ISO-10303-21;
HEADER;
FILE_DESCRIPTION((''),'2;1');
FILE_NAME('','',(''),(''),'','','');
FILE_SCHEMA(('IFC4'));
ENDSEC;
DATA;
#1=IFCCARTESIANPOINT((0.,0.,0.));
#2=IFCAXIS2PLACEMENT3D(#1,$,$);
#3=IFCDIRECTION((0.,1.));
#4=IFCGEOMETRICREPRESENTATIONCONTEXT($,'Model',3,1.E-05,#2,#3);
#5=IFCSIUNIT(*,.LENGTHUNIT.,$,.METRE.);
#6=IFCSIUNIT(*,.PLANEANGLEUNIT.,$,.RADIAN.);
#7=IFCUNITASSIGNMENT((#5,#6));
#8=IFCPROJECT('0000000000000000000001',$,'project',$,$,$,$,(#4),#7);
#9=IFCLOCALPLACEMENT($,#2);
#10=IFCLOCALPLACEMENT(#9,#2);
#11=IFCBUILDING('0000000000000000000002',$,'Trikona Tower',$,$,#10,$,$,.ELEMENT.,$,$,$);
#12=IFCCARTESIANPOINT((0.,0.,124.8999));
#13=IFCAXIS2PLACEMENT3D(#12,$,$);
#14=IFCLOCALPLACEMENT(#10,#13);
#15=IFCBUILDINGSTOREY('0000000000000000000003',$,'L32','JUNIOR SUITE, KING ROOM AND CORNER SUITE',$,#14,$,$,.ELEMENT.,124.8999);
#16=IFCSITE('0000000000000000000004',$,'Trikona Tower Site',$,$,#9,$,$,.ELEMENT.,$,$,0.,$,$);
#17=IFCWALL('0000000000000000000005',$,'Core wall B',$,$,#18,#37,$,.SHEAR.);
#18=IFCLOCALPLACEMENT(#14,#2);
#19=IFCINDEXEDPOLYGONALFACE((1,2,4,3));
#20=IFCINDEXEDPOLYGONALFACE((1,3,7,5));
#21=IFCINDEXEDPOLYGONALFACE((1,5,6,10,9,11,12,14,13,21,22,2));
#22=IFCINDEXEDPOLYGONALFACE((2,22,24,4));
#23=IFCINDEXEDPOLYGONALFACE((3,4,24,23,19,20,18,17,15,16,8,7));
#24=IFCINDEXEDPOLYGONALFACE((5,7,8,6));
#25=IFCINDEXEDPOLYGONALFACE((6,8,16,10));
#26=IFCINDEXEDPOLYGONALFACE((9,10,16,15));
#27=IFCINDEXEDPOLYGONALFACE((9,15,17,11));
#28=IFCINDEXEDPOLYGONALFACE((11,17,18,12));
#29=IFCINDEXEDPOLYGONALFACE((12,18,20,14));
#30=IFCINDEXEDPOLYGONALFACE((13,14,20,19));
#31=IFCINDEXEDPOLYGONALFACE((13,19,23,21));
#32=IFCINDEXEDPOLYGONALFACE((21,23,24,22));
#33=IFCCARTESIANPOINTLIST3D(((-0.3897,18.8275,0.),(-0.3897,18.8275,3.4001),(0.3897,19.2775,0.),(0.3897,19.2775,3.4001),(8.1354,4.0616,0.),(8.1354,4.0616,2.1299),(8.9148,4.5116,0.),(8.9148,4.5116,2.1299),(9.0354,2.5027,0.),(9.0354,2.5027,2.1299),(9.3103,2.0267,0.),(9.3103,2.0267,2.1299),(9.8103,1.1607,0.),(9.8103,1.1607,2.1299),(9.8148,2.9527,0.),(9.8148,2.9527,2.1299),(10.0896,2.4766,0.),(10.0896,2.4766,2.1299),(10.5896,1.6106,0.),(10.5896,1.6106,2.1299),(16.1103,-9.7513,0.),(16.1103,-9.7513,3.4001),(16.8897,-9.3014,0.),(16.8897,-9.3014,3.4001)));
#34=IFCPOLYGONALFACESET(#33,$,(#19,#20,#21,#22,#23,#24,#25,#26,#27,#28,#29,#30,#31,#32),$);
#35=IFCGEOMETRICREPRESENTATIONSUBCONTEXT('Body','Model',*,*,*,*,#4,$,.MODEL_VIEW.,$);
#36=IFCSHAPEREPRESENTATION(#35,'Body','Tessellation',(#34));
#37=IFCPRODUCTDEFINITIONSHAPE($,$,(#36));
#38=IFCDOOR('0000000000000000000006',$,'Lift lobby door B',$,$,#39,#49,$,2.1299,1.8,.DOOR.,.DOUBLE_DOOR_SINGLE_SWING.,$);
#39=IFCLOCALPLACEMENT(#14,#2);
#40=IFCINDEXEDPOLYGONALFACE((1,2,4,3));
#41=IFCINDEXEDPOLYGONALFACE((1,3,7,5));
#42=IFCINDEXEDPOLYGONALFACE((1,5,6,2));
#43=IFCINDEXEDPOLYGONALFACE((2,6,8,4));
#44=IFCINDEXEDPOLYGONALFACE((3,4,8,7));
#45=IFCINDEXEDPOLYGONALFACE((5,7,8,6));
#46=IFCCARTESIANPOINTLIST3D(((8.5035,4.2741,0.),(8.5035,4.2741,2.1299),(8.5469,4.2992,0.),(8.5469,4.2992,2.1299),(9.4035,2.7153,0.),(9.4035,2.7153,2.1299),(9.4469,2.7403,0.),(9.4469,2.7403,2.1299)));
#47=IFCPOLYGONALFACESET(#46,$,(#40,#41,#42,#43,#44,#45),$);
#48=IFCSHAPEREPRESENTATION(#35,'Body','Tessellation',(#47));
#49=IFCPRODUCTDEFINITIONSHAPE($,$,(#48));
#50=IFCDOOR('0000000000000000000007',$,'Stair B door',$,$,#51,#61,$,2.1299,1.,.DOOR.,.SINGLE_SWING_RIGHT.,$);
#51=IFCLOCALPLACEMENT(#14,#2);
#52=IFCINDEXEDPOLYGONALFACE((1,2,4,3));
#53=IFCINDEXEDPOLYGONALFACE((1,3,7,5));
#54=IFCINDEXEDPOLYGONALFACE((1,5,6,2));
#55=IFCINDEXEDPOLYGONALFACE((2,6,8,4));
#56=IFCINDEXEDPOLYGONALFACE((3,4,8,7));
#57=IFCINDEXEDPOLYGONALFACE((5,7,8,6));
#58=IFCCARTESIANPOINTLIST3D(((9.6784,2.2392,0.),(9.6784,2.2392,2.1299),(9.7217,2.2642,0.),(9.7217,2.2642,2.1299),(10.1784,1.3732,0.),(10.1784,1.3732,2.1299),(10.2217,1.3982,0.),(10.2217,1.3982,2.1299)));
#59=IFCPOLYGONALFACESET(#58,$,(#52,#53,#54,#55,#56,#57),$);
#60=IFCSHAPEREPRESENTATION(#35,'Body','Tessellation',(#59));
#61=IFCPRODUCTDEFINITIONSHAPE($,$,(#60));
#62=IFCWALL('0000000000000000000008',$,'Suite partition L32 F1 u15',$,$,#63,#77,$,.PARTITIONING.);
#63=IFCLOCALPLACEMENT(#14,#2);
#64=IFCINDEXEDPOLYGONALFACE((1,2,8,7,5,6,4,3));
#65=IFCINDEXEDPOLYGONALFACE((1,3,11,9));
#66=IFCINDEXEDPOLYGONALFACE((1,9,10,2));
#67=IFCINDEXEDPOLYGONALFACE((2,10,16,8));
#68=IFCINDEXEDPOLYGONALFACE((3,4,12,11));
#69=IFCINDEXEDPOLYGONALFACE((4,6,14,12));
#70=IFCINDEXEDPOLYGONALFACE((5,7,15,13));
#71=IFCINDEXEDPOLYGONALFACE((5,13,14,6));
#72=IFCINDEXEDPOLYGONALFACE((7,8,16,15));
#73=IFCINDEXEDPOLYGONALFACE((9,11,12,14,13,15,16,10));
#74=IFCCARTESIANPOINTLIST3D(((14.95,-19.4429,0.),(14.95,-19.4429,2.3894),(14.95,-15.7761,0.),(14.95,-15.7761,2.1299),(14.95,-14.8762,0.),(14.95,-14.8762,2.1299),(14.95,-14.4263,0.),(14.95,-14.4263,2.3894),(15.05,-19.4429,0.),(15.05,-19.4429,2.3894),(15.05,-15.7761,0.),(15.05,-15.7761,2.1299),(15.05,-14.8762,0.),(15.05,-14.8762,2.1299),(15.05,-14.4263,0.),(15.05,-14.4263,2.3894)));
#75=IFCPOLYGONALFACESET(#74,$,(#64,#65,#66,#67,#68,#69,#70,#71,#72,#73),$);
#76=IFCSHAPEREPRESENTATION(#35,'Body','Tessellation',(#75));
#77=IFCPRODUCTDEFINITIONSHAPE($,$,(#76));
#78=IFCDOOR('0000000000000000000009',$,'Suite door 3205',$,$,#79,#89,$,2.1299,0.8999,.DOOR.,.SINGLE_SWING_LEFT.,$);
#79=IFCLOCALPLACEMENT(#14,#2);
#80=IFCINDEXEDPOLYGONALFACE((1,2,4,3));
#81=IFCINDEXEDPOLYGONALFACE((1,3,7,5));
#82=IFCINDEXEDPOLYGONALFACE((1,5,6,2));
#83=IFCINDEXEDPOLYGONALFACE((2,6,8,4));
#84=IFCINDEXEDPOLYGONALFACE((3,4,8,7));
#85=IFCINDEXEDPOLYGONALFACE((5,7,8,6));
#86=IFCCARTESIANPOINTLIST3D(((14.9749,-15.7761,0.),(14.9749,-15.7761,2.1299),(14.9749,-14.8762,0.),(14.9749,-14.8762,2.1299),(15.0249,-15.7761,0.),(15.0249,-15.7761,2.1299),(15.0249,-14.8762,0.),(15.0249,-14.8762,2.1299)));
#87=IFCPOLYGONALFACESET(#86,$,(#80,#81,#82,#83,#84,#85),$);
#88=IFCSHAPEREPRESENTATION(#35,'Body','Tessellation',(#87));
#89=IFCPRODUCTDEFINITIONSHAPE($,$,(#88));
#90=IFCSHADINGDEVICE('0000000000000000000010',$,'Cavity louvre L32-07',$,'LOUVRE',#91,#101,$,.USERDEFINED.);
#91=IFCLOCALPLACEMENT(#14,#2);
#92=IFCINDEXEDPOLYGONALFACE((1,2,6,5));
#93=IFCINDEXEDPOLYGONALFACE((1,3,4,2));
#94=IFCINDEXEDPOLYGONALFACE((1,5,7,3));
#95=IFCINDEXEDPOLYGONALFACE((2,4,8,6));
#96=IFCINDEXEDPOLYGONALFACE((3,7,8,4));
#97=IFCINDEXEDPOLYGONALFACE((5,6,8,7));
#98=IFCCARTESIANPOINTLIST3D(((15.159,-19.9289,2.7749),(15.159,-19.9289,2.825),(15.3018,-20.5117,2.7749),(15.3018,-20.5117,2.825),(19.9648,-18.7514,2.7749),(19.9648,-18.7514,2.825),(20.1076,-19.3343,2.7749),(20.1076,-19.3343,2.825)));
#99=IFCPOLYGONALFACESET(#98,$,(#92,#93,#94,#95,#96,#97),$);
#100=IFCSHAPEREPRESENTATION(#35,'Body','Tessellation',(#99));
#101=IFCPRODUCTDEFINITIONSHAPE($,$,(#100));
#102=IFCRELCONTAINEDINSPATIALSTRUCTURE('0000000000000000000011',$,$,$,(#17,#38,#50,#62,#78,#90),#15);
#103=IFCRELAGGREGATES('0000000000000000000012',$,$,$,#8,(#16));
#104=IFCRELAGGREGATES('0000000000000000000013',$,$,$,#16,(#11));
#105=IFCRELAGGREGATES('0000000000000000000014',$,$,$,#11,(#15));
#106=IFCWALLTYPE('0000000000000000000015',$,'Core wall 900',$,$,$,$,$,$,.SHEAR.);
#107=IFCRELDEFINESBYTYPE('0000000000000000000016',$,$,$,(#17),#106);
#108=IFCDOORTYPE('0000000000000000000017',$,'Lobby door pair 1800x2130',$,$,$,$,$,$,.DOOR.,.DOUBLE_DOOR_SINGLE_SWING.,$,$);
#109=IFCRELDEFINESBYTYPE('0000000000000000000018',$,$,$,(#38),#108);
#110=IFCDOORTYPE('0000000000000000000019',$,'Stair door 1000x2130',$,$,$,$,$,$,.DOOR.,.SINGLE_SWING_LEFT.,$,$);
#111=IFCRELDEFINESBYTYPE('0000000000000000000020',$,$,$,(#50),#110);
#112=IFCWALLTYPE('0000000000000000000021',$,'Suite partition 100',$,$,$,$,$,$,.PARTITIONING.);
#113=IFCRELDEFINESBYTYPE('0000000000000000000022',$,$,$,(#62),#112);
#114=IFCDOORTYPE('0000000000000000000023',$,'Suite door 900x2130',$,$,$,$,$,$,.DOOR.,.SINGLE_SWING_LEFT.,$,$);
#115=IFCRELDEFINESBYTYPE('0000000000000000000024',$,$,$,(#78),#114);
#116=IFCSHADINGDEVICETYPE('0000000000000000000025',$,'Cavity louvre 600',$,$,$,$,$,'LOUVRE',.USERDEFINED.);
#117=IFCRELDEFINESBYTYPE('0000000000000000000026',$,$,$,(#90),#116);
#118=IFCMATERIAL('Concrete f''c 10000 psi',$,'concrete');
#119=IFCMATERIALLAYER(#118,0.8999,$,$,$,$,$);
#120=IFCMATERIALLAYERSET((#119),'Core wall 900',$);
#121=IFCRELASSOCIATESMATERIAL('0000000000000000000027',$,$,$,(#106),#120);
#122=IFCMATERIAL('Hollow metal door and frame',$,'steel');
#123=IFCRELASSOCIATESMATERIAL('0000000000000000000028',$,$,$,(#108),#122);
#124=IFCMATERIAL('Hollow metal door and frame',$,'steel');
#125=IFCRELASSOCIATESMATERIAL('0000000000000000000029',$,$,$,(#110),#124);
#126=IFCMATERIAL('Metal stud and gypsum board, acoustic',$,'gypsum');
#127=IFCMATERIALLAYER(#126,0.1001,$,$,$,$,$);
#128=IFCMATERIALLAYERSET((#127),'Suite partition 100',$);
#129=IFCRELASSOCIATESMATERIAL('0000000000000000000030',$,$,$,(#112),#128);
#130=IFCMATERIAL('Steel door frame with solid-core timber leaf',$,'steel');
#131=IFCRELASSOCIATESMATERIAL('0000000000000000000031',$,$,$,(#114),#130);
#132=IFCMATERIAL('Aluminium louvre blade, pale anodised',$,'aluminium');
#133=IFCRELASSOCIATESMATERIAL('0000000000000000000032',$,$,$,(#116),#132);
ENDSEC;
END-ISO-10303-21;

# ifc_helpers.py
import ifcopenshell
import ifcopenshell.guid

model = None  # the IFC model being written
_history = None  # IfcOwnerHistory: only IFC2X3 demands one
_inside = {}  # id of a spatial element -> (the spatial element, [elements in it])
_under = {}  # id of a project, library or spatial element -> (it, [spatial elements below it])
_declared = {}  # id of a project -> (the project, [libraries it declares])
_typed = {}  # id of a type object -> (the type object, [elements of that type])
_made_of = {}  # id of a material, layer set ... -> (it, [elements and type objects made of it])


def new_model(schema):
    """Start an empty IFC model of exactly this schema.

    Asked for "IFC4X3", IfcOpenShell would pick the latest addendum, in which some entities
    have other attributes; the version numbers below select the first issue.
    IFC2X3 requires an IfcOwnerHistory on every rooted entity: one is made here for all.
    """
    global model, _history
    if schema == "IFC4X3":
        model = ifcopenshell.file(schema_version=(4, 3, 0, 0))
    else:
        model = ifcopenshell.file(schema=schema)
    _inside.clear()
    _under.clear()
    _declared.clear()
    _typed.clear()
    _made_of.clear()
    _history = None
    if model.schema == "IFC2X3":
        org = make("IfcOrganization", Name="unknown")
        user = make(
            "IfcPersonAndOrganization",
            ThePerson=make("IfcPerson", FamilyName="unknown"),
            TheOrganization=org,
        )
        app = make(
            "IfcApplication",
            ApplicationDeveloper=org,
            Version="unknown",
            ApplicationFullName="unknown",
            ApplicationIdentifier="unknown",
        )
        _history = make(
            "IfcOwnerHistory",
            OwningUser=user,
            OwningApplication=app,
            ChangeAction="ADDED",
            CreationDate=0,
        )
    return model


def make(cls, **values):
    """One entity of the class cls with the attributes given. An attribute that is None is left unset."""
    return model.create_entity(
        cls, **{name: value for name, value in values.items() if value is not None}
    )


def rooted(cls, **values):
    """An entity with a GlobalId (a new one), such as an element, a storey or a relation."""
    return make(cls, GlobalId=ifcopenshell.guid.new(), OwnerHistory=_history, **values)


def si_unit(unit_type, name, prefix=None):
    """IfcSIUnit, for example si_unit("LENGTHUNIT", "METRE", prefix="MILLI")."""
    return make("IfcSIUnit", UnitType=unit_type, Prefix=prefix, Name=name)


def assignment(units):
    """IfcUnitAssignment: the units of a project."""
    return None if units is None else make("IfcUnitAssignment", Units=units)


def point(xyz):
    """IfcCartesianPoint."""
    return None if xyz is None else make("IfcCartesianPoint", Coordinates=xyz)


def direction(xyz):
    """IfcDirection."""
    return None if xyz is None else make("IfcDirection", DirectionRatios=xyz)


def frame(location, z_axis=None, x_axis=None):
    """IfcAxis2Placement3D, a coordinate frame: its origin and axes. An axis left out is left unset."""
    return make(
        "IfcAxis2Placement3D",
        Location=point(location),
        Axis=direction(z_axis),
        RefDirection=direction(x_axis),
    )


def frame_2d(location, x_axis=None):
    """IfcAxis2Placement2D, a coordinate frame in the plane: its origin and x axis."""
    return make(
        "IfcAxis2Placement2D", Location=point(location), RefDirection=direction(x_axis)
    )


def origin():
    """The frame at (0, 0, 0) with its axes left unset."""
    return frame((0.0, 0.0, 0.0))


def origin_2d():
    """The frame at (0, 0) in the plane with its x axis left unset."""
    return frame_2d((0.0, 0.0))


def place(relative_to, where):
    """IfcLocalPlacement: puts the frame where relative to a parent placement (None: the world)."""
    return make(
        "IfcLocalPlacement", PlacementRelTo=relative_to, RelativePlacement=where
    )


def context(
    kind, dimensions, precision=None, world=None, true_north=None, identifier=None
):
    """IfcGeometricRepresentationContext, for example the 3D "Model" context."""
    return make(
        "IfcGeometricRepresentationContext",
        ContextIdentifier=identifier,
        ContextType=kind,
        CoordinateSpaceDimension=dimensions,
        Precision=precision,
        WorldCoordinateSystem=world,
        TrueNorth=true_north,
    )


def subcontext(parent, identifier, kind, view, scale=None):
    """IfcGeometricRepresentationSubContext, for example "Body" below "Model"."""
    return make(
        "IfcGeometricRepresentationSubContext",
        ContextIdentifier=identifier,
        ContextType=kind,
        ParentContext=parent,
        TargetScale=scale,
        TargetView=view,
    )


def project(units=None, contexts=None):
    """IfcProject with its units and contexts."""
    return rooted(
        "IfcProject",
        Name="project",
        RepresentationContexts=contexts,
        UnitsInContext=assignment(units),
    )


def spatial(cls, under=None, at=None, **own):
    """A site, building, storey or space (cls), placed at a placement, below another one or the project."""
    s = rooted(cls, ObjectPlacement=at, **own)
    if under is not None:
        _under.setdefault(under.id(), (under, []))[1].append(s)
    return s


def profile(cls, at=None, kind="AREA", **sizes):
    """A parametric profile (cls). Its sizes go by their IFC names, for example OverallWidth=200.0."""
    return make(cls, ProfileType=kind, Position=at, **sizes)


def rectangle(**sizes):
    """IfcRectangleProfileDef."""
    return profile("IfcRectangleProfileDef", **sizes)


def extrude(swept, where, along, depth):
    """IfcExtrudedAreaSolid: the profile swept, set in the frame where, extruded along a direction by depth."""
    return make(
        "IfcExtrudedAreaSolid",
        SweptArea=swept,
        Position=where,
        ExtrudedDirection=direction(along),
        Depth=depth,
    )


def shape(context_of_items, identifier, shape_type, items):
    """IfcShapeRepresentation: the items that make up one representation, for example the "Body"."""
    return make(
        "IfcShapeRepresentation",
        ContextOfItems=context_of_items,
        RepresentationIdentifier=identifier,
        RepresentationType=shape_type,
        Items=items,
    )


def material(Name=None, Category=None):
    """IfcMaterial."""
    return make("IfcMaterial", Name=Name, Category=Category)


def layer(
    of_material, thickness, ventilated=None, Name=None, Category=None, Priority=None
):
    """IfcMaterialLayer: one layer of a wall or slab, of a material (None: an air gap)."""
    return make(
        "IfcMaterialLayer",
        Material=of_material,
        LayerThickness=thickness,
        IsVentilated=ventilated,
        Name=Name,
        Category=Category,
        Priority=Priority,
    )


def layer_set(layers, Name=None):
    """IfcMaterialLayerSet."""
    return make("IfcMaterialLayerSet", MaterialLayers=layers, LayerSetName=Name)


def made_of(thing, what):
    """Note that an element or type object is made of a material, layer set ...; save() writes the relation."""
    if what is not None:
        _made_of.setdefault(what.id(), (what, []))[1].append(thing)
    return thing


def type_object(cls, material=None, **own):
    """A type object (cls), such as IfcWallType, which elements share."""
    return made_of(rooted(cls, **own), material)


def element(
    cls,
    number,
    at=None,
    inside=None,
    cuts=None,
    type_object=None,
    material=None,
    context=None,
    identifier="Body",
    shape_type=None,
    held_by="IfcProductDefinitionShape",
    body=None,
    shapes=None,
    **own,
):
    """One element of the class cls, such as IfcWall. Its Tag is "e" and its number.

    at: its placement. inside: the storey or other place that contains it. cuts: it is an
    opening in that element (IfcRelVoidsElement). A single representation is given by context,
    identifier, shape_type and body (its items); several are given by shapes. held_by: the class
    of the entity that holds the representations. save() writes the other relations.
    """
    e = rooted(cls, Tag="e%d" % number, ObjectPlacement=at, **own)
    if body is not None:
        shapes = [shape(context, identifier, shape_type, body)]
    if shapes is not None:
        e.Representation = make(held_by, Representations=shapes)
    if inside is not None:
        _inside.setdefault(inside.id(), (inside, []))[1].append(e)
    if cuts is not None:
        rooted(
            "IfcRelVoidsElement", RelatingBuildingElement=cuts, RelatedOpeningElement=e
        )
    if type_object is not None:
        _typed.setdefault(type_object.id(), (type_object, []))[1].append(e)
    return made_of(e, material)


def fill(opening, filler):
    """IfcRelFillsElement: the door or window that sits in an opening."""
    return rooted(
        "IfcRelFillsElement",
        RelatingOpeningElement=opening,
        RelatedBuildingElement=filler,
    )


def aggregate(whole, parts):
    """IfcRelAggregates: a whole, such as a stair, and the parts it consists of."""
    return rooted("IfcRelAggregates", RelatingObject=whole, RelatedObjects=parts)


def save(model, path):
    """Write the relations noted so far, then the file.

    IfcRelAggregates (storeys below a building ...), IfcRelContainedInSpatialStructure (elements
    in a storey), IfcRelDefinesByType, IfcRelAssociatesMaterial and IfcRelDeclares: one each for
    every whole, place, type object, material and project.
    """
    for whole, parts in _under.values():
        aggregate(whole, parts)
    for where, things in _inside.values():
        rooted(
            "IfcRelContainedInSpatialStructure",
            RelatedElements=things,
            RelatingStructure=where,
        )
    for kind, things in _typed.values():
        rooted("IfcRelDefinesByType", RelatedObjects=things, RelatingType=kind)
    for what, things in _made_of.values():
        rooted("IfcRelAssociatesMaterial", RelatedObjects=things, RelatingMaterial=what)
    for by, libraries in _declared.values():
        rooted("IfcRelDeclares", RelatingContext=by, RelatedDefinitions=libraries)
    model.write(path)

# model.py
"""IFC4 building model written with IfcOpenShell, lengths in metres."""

from ifc_helpers import new_model, si_unit, direction, frame, frame_2d, origin, origin_2d, place, context, subcontext, project, spatial, rectangle, extrude, material, layer, layer_set, type_object, element, fill, save


model = new_model("IFC4")

# Units and contexts
model_context = context("Model", 3, precision=1e-05, world=origin(), true_north=direction((0.0, 1.0)))
body_context = subcontext(model_context, "Body", "Model", "MODEL_VIEW")
ifc_project = project(units=[si_unit("LENGTHUNIT", "METRE"), si_unit("PLANEANGLEUNIT", "RADIAN")], contexts=[model_context])

# Site, building, storey
site_placement = place(None, origin())
site = spatial("IfcSite", under=ifc_project, at=site_placement, Name="Trikona Tower Site", CompositionType="ELEMENT", RefElevation=0.0)
building_placement = place(site_placement, origin())
building = spatial("IfcBuilding", under=site, at=building_placement, Name="Trikona Tower", CompositionType="ELEMENT")
storey_placement = place(building_placement, frame((0.0, 0.0, 124.8999)))
storey = spatial("IfcBuildingStorey", under=building, at=storey_placement, Name="L32", Description="JUNIOR SUITE, KING ROOM AND CORNER SUITE", CompositionType="ELEMENT", Elevation=124.8999)

# Wall, openings, doors
ifc_material_1 = material(Name="Concrete f'c 10000 psi", Category="concrete")
ifc_layer_1 = layer(ifc_material_1, 0.8999)
ifc_layer_set_1 = layer_set([ifc_layer_1], Name="Core wall 900")
wall_type_1 = type_object("IfcWallType", Name="Core wall 900", PredefinedType="SHEAR", material=ifc_layer_set_1)
wall_1_placement = place(storey_placement, frame((16.5, -9.5264, 0.0), z_axis=(0.0, 0.0, 1.0), x_axis=(-0.5, 0.866026, 0.0)))
wall_1 = element("IfcWall", 1, at=wall_1_placement, inside=storey, type_object=wall_type_1, Name="Core wall B", PredefinedType="SHEAR", context=body_context, shape_type="SweptSolid", body=[
    extrude(rectangle(XDim=33.0, YDim=0.8999, at=frame_2d((16.5, 0.0))), origin(), (0.0, 0.0, 1.0), 3.4001),
])
opening_1_placement = place(wall_1_placement, frame((14.1499, 0.0, 0.0)))
opening_1 = element("IfcOpeningElement", 2, at=opening_1_placement, cuts=wall_1, PredefinedType="OPENING", context=body_context, shape_type="SweptSolid", body=[
    extrude(rectangle(XDim=1.8, YDim=2.1299, at=frame_2d((0.8999, 1.0649))), frame((0.0, 0.46, 0.0), z_axis=(0.0, -1.0, 0.0), x_axis=(1.0, 0.0, 0.0)), (0.0, 0.0, 1.0), 0.9199),
])
opening_2_placement = place(wall_1_placement, frame((12.6001, 0.0, 0.0)))
opening_2 = element("IfcOpeningElement", 3, at=opening_2_placement, cuts=wall_1, PredefinedType="OPENING", context=body_context, shape_type="SweptSolid", body=[
    extrude(rectangle(XDim=1.0, YDim=2.1299, at=frame_2d((0.5, 1.0649))), frame((0.0, 0.46, 0.0), z_axis=(0.0, -1.0, 0.0), x_axis=(1.0, 0.0, 0.0)), (0.0, 0.0, 1.0), 0.9199),
])
ifc_material_2 = material(Name="Hollow metal door and frame", Category="steel")
door_type_1 = type_object("IfcDoorType", Name="Lobby door pair 1800x2130", OperationType="DOUBLE_DOOR_SINGLE_SWING", PredefinedType="DOOR", material=ifc_material_2)
door_1_placement = place(opening_1_placement, origin())
door_1 = element("IfcDoor", 4, at=door_1_placement, inside=storey, type_object=door_type_1, Name="Lift lobby door B", OperationType="DOUBLE_DOOR_SINGLE_SWING", OverallHeight=2.1299, OverallWidth=1.8, PredefinedType="DOOR", context=body_context, shape_type="SweptSolid", body=[
    extrude(rectangle(XDim=1.8, YDim=2.1299, at=frame_2d((0.8999, 1.0649))), frame((0.0, 0.0249, 0.0), z_axis=(0.0, -1.0, 0.0), x_axis=(1.0, 0.0, 0.0)), (0.0, 0.0, 1.0), 0.05),
])
fill(opening_1, door_1)
ifc_material_3 = material(Name="Hollow metal door and frame", Category="steel")
door_type_2 = type_object("IfcDoorType", Name="Stair door 1000x2130", OperationType="SINGLE_SWING_LEFT", PredefinedType="DOOR", material=ifc_material_3)
door_2_placement = place(opening_2_placement, origin())
door_2 = element("IfcDoor", 5, at=door_2_placement, inside=storey, type_object=door_type_2, Name="Stair B door", OperationType="SINGLE_SWING_RIGHT", OverallHeight=2.1299, OverallWidth=1.0, PredefinedType="DOOR", context=body_context, shape_type="SweptSolid", body=[
    extrude(rectangle(XDim=1.0, YDim=2.1299, at=frame_2d((0.5, 1.0649))), frame((0.0, 0.0249, 0.0), z_axis=(0.0, -1.0, 0.0), x_axis=(1.0, 0.0, 0.0)), (0.0, 0.0, 1.0), 0.05),
])
fill(opening_2, door_2)

# Wall, opening, door
ifc_material_4 = material(Name="Metal stud and gypsum board, acoustic", Category="gypsum")
ifc_layer_2 = layer(ifc_material_4, 0.1001)
ifc_layer_set_2 = layer_set([ifc_layer_2], Name="Suite partition 100")
wall_type_2 = type_object("IfcWallType", Name="Suite partition 100", PredefinedType="PARTITIONING", material=ifc_layer_set_2)
wall_2_placement = place(storey_placement, frame((15.0, -14.4263, 0.0), z_axis=(0.0, 0.0, 1.0), x_axis=(0.0, -1.0, 0.0)))
wall_2 = element("IfcWall", 6, at=wall_2_placement, inside=storey, type_object=wall_type_2, Name="Suite partition L32 F1 u15", PredefinedType="PARTITIONING", context=body_context, shape_type="SweptSolid", body=[
    extrude(rectangle(XDim=5.0166, YDim=0.1001, at=frame_2d((2.5083, 0.0))), origin(), (0.0, 0.0, 1.0), 2.3894),
])
opening_3_placement = place(wall_2_placement, frame((0.45, 0.0, 0.0)))
opening_3 = element("IfcOpeningElement", 7, at=opening_3_placement, cuts=wall_2, PredefinedType="OPENING", context=body_context, shape_type="SweptSolid", body=[
    extrude(rectangle(XDim=0.8999, YDim=2.1299, at=frame_2d((0.45, 1.0649))), frame((0.0, 0.0601, 0.0), z_axis=(0.0, -1.0, 0.0), x_axis=(1.0, 0.0, 0.0)), (0.0, 0.0, 1.0), 0.1201),
])
ifc_material_5 = material(Name="Steel door frame with solid-core timber leaf", Category="steel")
door_type_3 = type_object("IfcDoorType", Name="Suite door 900x2130", OperationType="SINGLE_SWING_LEFT", PredefinedType="DOOR", material=ifc_material_5)
door_3_placement = place(opening_3_placement, origin())
door_3 = element("IfcDoor", 8, at=door_3_placement, inside=storey, type_object=door_type_3, Name="Suite door 3205", OperationType="SINGLE_SWING_LEFT", OverallHeight=2.1299, OverallWidth=0.8999, PredefinedType="DOOR", context=body_context, shape_type="SweptSolid", body=[
    extrude(rectangle(XDim=0.8999, YDim=2.1299, at=frame_2d((0.45, 1.0649))), frame((0.0, 0.0249, 0.0), z_axis=(0.0, -1.0, 0.0), x_axis=(1.0, 0.0, 0.0)), (0.0, 0.0, 1.0), 0.05),
])
fill(opening_3, door_3)

# Shading device
ifc_material_6 = material(Name="Aluminium louvre blade, pale anodised", Category="aluminium")
shading_device_type = type_object("IfcShadingDeviceType", Name="Cavity louvre 600", ElementType="LOUVRE", PredefinedType="USERDEFINED", material=ifc_material_6)
shading_device_placement = place(storey_placement, frame((17.6333, -19.6316, 2.7749), z_axis=(0.0, 0.0, 1.0), x_axis=(0.971274, 0.237962, 0.0)))
element("IfcShadingDevice", 9, at=shading_device_placement, inside=storey, type_object=shading_device_type, Name="Cavity louvre L32-07", ObjectType="LOUVRE", PredefinedType="USERDEFINED", context=body_context, shape_type="SweptSolid", body=[
    extrude(rectangle(XDim=4.948, YDim=0.6001, at=origin_2d()), origin(), (0.0, 0.0, 1.0), 0.05),
])

save(model, "model.ifc")
